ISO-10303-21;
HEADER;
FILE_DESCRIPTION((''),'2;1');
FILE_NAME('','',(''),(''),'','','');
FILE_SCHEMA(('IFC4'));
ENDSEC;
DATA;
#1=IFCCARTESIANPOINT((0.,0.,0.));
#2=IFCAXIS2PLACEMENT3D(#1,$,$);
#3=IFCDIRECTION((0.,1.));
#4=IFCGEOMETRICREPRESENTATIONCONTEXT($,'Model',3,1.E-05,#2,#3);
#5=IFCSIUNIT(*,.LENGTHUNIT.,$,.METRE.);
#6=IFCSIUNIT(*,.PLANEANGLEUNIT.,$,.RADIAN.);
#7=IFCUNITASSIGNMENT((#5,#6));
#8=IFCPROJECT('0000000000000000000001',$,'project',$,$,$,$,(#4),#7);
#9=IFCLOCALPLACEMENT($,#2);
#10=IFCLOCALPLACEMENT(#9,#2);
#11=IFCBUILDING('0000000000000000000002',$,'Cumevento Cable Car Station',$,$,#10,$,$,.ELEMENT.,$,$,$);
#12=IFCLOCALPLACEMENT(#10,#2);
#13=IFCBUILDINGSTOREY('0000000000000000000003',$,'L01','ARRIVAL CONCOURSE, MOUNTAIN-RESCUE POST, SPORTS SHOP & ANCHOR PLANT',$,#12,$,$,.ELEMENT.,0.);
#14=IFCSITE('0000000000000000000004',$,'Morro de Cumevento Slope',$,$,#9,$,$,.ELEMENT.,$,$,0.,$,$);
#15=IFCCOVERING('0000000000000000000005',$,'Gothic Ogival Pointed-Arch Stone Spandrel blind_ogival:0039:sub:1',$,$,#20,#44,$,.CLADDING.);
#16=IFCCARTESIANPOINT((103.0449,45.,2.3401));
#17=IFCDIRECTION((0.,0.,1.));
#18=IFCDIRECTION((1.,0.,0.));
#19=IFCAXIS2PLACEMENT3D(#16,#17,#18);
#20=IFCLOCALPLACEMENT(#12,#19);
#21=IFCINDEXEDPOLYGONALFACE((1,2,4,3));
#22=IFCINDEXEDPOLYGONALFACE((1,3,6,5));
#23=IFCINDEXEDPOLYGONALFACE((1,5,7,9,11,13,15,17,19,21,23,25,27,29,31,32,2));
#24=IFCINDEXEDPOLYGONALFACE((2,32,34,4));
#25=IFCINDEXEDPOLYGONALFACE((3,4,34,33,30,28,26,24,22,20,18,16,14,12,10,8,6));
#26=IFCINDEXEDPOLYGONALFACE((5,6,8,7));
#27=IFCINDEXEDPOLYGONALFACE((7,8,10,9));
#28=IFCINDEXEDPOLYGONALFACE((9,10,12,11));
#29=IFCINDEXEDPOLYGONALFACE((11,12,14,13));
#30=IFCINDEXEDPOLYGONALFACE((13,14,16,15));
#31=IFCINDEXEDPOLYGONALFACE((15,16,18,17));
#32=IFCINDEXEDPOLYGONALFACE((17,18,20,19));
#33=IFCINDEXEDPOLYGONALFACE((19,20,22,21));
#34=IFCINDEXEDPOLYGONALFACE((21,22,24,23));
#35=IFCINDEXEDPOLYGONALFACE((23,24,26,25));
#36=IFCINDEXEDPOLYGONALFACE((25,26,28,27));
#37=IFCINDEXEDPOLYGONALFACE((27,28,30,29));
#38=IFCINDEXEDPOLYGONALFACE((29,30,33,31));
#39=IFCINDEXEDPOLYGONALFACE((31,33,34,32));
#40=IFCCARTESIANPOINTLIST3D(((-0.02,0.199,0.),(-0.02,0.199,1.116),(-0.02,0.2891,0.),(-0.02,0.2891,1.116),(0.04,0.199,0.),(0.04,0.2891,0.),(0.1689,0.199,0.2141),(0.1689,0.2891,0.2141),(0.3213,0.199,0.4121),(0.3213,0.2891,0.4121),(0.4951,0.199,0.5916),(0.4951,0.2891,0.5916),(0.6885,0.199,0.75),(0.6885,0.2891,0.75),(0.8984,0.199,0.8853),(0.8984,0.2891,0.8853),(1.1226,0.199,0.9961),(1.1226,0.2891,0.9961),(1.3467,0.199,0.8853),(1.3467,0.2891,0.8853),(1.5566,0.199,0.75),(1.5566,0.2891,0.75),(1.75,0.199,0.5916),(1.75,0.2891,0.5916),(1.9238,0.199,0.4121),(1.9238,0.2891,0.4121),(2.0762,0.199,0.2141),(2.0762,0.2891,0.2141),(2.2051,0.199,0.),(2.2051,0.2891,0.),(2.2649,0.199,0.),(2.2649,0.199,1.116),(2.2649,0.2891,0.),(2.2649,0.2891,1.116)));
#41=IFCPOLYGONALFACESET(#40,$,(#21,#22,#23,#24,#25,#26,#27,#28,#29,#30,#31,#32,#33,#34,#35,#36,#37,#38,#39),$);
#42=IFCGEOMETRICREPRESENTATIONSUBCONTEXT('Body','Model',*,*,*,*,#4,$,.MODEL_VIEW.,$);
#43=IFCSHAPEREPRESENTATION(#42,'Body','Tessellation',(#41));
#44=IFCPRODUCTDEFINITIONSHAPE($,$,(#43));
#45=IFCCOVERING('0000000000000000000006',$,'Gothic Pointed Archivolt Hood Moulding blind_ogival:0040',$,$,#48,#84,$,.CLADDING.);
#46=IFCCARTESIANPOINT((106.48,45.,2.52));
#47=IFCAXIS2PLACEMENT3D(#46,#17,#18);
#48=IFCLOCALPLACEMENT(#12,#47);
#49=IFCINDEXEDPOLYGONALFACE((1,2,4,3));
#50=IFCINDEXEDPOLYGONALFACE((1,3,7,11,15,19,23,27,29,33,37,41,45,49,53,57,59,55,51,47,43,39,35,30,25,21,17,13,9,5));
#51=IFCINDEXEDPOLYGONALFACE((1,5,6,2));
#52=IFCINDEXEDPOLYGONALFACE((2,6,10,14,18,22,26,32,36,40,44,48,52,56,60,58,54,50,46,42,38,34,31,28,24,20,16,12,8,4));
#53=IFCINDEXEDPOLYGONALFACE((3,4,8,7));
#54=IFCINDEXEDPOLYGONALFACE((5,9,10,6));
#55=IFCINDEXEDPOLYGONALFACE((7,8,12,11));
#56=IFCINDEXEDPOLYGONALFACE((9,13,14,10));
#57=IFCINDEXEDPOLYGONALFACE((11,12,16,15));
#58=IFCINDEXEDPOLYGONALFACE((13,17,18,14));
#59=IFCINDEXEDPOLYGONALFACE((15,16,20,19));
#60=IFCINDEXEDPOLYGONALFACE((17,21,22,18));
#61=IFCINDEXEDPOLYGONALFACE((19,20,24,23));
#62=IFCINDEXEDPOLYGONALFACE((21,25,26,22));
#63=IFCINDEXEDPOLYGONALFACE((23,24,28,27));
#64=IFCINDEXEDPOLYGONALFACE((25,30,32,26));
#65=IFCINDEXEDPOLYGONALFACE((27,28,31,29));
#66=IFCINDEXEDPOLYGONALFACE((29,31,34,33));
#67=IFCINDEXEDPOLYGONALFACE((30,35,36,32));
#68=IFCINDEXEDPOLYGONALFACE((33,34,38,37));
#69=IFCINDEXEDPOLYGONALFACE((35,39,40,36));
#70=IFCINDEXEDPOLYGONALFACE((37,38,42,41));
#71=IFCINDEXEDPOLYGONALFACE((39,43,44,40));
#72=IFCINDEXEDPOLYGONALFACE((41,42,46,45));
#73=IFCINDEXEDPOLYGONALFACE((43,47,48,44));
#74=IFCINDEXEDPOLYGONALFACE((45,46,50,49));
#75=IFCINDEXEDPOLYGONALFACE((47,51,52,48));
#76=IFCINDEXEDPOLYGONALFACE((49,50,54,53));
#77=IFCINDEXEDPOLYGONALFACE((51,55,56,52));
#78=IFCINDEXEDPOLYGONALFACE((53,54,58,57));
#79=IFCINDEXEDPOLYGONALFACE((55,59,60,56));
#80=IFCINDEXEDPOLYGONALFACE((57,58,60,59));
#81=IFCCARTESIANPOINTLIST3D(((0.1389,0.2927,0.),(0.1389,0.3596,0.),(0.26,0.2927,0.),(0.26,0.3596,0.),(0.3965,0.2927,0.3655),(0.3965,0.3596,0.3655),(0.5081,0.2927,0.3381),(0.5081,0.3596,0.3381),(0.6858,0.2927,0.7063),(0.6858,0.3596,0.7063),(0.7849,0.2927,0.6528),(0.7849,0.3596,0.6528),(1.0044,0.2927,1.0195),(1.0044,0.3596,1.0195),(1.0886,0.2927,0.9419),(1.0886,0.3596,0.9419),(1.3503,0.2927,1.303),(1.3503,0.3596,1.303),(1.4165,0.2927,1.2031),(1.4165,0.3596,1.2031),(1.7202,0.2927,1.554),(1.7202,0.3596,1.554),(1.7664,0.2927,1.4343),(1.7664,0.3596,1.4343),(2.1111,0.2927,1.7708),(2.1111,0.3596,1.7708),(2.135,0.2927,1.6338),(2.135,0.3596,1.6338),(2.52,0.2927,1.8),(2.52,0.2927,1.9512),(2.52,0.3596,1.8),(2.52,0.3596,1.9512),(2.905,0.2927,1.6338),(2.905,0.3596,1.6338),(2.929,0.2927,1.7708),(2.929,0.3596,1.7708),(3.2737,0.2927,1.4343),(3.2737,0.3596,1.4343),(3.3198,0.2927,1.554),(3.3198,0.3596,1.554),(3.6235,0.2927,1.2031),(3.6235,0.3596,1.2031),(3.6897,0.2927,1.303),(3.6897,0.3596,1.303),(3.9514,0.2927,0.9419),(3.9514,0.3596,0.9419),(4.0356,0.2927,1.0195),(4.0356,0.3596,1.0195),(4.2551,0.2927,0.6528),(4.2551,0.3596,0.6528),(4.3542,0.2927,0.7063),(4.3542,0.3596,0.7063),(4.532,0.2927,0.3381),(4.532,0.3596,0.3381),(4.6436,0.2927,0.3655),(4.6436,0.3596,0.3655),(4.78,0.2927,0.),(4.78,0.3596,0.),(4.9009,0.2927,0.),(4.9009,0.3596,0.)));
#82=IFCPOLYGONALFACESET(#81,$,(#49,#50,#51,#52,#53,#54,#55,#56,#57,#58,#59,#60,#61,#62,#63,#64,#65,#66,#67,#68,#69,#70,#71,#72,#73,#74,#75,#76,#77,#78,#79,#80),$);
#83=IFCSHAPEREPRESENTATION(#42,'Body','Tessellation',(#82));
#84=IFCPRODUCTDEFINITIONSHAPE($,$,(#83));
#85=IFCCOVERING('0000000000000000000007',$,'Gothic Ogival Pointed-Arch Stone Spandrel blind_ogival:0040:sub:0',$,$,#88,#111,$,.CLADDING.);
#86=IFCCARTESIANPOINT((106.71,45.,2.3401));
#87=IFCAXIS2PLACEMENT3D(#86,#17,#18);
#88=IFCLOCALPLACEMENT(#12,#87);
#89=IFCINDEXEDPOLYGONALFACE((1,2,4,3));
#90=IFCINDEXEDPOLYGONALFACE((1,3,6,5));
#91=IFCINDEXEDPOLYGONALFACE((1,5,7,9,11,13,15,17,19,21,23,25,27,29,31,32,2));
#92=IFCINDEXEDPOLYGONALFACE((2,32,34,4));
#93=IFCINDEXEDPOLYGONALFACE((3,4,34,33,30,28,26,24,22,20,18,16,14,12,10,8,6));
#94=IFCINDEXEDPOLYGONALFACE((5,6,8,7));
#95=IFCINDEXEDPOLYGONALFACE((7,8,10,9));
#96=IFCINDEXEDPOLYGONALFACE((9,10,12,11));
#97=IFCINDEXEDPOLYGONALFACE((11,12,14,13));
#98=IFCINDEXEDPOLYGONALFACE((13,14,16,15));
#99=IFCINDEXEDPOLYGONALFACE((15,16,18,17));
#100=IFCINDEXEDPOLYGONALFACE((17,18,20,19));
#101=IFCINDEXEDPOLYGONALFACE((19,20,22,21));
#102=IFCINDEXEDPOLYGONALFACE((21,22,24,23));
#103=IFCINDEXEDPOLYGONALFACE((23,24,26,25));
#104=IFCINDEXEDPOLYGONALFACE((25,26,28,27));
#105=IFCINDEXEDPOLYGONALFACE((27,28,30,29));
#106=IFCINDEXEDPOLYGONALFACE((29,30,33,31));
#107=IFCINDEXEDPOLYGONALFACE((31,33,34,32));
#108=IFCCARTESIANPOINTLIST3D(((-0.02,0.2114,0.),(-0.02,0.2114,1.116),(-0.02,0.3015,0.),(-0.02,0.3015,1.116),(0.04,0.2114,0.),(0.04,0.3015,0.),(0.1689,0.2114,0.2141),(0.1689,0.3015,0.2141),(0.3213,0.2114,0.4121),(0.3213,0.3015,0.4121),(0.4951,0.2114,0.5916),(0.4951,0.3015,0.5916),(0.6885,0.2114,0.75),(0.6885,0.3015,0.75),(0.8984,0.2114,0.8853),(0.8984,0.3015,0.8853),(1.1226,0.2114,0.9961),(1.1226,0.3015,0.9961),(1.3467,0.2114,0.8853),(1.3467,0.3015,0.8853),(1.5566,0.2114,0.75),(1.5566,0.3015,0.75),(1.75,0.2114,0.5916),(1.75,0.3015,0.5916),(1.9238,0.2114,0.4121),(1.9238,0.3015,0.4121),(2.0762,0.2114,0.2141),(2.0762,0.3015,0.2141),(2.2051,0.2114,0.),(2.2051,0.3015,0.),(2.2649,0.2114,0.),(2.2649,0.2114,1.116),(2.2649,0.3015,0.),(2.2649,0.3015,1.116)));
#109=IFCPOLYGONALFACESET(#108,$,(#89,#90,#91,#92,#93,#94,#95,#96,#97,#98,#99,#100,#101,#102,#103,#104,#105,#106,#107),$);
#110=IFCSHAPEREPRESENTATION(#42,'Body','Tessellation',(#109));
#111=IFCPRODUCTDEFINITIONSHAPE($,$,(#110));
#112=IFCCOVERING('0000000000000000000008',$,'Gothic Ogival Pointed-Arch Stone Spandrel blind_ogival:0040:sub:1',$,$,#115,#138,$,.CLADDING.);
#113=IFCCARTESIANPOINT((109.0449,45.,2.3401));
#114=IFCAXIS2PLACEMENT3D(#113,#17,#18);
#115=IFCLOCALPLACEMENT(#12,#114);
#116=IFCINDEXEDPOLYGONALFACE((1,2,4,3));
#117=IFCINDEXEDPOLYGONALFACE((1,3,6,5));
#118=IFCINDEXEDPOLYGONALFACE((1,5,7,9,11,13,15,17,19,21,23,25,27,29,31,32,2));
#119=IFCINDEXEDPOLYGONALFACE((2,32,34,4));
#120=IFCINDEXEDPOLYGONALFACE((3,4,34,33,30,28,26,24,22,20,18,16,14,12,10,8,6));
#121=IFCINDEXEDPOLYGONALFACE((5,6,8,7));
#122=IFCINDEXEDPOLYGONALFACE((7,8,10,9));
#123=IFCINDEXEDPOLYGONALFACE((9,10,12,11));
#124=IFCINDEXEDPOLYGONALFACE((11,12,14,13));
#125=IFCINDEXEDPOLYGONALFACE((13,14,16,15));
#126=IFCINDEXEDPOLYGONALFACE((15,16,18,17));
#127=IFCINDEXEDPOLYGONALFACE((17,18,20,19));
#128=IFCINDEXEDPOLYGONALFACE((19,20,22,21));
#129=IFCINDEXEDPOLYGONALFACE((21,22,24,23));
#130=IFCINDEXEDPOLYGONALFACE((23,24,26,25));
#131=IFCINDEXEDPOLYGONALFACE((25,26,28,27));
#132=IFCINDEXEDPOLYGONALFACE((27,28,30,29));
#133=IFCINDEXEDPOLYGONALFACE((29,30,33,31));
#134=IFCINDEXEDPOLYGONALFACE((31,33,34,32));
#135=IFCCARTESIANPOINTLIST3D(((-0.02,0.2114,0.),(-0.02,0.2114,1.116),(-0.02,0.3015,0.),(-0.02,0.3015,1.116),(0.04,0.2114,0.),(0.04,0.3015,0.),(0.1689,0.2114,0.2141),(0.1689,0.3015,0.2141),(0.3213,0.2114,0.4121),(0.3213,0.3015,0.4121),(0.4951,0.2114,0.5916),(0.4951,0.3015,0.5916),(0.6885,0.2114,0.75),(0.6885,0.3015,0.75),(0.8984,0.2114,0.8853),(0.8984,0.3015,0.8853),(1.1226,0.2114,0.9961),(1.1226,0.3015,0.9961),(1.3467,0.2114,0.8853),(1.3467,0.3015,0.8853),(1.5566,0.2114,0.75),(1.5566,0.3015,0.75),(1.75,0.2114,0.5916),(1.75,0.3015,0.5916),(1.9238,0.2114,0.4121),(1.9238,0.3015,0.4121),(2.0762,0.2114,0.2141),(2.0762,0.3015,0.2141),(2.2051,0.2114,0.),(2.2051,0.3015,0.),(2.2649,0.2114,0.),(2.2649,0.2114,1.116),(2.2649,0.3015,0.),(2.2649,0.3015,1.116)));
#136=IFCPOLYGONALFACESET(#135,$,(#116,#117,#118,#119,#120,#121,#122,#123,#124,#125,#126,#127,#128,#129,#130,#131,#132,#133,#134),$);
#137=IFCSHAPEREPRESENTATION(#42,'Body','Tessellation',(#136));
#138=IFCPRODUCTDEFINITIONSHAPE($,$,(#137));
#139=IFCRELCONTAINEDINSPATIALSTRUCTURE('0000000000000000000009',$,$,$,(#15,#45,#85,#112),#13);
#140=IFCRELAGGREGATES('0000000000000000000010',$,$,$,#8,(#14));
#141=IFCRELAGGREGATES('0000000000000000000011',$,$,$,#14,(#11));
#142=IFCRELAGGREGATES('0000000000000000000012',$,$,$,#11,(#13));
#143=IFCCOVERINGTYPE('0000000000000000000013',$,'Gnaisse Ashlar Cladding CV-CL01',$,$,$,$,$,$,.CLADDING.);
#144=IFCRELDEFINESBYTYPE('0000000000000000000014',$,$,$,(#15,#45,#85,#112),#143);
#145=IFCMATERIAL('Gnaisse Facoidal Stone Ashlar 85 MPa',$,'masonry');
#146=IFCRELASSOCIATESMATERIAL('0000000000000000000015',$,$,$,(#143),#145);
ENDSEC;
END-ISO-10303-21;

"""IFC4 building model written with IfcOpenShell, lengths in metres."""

from ifc_helpers import new_model, si_unit, direction, frame, origin, place, context, subcontext, project, spatial, polyline, outline, extrude, material, type_object, element, save


model = new_model("IFC4")

# Units and contexts
model_context = context("Model", 3, precision=1e-05, world=origin(), true_north=direction((0.0, 1.0)))
body_context = subcontext(model_context, "Body", "Model", "MODEL_VIEW")
ifc_project = project(units=[si_unit("LENGTHUNIT", "METRE"), si_unit("PLANEANGLEUNIT", "RADIAN")], contexts=[model_context])

# Site, building, storey
site_placement = place(None, origin())
site = spatial("IfcSite", under=ifc_project, at=site_placement, Name="Morro de Cumevento Slope", CompositionType="ELEMENT", RefElevation=0.0)
building_placement = place(site_placement, origin())
building = spatial("IfcBuilding", under=site, at=building_placement, Name="Cumevento Cable Car Station", CompositionType="ELEMENT")
storey_placement = place(building_placement, origin())
storey = spatial("IfcBuildingStorey", under=building, at=storey_placement, Name="L01", Description="ARRIVAL CONCOURSE, MOUNTAIN-RESCUE POST, SPORTS SHOP & ANCHOR PLANT", CompositionType="ELEMENT", Elevation=0.0)

# Coverings
ifc_material_1 = material(Name="Gnaisse Facoidal Stone Ashlar 85 MPa", Category="masonry")
covering_type = type_object("IfcCoveringType", Name="Gnaisse Ashlar Cladding CV-CL01", PredefinedType="CLADDING", material=ifc_material_1)
covering_1_placement = place(storey_placement, frame((103.0449, 45.0, 2.3401), z_axis=(0.0, 0.0, 1.0), x_axis=(1.0, 0.0, 0.0)))
element("IfcCovering", 1, at=covering_1_placement, inside=storey, type_object=covering_type, Name="Gothic Ogival Pointed-Arch Stone Spandrel blind_ogival:0039:sub:1", PredefinedType="CLADDING", context=body_context, shape_type="SweptSolid", body=[
    extrude(outline(polyline([(-0.02, 0.0), (-0.02, 1.116), (2.2649, 1.116), (2.2649, 0.0), (2.2051, 0.0), (2.0762, 0.2141), (1.9238, 0.4121), (1.75, 0.5916), (1.5566, 0.75), (1.3467, 0.8853), (1.1226, 0.9961), (0.8984, 0.8853), (0.6885, 0.75), (0.4951, 0.5916), (0.3213, 0.4121), (0.1689, 0.2141), (0.04, 0.0), (-0.02, 0.0)])), frame((0.0, 0.2891, 0.0), z_axis=(0.0, -1.0, 0.0), x_axis=(1.0, 0.0, 0.0)), (0.0, 0.0, 1.0), 0.0901),
])
covering_2_placement = place(storey_placement, frame((106.48, 45.0, 2.52), z_axis=(0.0, 0.0, 1.0), x_axis=(1.0, 0.0, 0.0)))
element("IfcCovering", 2, at=covering_2_placement, inside=storey, type_object=covering_type, Name="Gothic Pointed Archivolt Hood Moulding blind_ogival:0040", PredefinedType="CLADDING", context=body_context, shape_type="SweptSolid", body=[
    extrude(outline(polyline([(0.26, 0.0), (0.5081, 0.3381), (0.7849, 0.6528), (1.0886, 0.9419), (1.4165, 1.2031), (1.7664, 1.4343), (2.135, 1.6338), (2.52, 1.8), (2.905, 1.6338), (3.2737, 1.4343), (3.6235, 1.2031), (3.9514, 0.9419), (4.2551, 0.6528), (4.532, 0.3381), (4.78, 0.0), (4.9009, 0.0), (4.6436, 0.3655), (4.3542, 0.7063), (4.0356, 1.0195), (3.6897, 1.303), (3.3198, 1.554), (2.929, 1.7708), (2.52, 1.9512), (2.1111, 1.7708), (1.7202, 1.554), (1.3503, 1.303), (1.0044, 1.0195), (0.6858, 0.7063), (0.3965, 0.3655), (0.1389, 0.0), (0.26, 0.0)])), frame((0.0, 0.3596, 0.0), z_axis=(0.0, -1.0, 0.0), x_axis=(1.0, 0.0, 0.0)), (0.0, 0.0, 1.0), 0.0669),
])
for number, where, z_axis, x_axis, name in (
    (3, (106.71, 45.0, 2.3401), (0.0, 0.0, 1.0), (1.0, 0.0, 0.0), "Gothic Ogival Pointed-Arch Stone Spandrel blind_ogival:0040:sub:0"),
    (4, (109.0449, 45.0, 2.3401), (0.0, 0.0, 1.0), (1.0, 0.0, 0.0), "Gothic Ogival Pointed-Arch Stone Spandrel blind_ogival:0040:sub:1"),
):
    element("IfcCovering", number, at=place(storey_placement, frame(where, z_axis=z_axis, x_axis=x_axis)), inside=storey, type_object=covering_type, Name=name, PredefinedType="CLADDING", context=body_context, shape_type="SweptSolid", body=[
        extrude(outline(polyline([(-0.02, 0.0), (-0.02, 1.116), (2.2649, 1.116), (2.2649, 0.0), (2.2051, 0.0), (2.0762, 0.2141), (1.9238, 0.4121), (1.75, 0.5916), (1.5566, 0.75), (1.3467, 0.8853), (1.1226, 0.9961), (0.8984, 0.8853), (0.6885, 0.75), (0.4951, 0.5916), (0.3213, 0.4121), (0.1689, 0.2141), (0.04, 0.0), (-0.02, 0.0)])), frame((0.0, 0.3015, 0.0), z_axis=(0.0, -1.0, 0.0), x_axis=(1.0, 0.0, 0.0)), (0.0, 0.0, 1.0), 0.0901),
    ])

save(model, "model.ifc")
